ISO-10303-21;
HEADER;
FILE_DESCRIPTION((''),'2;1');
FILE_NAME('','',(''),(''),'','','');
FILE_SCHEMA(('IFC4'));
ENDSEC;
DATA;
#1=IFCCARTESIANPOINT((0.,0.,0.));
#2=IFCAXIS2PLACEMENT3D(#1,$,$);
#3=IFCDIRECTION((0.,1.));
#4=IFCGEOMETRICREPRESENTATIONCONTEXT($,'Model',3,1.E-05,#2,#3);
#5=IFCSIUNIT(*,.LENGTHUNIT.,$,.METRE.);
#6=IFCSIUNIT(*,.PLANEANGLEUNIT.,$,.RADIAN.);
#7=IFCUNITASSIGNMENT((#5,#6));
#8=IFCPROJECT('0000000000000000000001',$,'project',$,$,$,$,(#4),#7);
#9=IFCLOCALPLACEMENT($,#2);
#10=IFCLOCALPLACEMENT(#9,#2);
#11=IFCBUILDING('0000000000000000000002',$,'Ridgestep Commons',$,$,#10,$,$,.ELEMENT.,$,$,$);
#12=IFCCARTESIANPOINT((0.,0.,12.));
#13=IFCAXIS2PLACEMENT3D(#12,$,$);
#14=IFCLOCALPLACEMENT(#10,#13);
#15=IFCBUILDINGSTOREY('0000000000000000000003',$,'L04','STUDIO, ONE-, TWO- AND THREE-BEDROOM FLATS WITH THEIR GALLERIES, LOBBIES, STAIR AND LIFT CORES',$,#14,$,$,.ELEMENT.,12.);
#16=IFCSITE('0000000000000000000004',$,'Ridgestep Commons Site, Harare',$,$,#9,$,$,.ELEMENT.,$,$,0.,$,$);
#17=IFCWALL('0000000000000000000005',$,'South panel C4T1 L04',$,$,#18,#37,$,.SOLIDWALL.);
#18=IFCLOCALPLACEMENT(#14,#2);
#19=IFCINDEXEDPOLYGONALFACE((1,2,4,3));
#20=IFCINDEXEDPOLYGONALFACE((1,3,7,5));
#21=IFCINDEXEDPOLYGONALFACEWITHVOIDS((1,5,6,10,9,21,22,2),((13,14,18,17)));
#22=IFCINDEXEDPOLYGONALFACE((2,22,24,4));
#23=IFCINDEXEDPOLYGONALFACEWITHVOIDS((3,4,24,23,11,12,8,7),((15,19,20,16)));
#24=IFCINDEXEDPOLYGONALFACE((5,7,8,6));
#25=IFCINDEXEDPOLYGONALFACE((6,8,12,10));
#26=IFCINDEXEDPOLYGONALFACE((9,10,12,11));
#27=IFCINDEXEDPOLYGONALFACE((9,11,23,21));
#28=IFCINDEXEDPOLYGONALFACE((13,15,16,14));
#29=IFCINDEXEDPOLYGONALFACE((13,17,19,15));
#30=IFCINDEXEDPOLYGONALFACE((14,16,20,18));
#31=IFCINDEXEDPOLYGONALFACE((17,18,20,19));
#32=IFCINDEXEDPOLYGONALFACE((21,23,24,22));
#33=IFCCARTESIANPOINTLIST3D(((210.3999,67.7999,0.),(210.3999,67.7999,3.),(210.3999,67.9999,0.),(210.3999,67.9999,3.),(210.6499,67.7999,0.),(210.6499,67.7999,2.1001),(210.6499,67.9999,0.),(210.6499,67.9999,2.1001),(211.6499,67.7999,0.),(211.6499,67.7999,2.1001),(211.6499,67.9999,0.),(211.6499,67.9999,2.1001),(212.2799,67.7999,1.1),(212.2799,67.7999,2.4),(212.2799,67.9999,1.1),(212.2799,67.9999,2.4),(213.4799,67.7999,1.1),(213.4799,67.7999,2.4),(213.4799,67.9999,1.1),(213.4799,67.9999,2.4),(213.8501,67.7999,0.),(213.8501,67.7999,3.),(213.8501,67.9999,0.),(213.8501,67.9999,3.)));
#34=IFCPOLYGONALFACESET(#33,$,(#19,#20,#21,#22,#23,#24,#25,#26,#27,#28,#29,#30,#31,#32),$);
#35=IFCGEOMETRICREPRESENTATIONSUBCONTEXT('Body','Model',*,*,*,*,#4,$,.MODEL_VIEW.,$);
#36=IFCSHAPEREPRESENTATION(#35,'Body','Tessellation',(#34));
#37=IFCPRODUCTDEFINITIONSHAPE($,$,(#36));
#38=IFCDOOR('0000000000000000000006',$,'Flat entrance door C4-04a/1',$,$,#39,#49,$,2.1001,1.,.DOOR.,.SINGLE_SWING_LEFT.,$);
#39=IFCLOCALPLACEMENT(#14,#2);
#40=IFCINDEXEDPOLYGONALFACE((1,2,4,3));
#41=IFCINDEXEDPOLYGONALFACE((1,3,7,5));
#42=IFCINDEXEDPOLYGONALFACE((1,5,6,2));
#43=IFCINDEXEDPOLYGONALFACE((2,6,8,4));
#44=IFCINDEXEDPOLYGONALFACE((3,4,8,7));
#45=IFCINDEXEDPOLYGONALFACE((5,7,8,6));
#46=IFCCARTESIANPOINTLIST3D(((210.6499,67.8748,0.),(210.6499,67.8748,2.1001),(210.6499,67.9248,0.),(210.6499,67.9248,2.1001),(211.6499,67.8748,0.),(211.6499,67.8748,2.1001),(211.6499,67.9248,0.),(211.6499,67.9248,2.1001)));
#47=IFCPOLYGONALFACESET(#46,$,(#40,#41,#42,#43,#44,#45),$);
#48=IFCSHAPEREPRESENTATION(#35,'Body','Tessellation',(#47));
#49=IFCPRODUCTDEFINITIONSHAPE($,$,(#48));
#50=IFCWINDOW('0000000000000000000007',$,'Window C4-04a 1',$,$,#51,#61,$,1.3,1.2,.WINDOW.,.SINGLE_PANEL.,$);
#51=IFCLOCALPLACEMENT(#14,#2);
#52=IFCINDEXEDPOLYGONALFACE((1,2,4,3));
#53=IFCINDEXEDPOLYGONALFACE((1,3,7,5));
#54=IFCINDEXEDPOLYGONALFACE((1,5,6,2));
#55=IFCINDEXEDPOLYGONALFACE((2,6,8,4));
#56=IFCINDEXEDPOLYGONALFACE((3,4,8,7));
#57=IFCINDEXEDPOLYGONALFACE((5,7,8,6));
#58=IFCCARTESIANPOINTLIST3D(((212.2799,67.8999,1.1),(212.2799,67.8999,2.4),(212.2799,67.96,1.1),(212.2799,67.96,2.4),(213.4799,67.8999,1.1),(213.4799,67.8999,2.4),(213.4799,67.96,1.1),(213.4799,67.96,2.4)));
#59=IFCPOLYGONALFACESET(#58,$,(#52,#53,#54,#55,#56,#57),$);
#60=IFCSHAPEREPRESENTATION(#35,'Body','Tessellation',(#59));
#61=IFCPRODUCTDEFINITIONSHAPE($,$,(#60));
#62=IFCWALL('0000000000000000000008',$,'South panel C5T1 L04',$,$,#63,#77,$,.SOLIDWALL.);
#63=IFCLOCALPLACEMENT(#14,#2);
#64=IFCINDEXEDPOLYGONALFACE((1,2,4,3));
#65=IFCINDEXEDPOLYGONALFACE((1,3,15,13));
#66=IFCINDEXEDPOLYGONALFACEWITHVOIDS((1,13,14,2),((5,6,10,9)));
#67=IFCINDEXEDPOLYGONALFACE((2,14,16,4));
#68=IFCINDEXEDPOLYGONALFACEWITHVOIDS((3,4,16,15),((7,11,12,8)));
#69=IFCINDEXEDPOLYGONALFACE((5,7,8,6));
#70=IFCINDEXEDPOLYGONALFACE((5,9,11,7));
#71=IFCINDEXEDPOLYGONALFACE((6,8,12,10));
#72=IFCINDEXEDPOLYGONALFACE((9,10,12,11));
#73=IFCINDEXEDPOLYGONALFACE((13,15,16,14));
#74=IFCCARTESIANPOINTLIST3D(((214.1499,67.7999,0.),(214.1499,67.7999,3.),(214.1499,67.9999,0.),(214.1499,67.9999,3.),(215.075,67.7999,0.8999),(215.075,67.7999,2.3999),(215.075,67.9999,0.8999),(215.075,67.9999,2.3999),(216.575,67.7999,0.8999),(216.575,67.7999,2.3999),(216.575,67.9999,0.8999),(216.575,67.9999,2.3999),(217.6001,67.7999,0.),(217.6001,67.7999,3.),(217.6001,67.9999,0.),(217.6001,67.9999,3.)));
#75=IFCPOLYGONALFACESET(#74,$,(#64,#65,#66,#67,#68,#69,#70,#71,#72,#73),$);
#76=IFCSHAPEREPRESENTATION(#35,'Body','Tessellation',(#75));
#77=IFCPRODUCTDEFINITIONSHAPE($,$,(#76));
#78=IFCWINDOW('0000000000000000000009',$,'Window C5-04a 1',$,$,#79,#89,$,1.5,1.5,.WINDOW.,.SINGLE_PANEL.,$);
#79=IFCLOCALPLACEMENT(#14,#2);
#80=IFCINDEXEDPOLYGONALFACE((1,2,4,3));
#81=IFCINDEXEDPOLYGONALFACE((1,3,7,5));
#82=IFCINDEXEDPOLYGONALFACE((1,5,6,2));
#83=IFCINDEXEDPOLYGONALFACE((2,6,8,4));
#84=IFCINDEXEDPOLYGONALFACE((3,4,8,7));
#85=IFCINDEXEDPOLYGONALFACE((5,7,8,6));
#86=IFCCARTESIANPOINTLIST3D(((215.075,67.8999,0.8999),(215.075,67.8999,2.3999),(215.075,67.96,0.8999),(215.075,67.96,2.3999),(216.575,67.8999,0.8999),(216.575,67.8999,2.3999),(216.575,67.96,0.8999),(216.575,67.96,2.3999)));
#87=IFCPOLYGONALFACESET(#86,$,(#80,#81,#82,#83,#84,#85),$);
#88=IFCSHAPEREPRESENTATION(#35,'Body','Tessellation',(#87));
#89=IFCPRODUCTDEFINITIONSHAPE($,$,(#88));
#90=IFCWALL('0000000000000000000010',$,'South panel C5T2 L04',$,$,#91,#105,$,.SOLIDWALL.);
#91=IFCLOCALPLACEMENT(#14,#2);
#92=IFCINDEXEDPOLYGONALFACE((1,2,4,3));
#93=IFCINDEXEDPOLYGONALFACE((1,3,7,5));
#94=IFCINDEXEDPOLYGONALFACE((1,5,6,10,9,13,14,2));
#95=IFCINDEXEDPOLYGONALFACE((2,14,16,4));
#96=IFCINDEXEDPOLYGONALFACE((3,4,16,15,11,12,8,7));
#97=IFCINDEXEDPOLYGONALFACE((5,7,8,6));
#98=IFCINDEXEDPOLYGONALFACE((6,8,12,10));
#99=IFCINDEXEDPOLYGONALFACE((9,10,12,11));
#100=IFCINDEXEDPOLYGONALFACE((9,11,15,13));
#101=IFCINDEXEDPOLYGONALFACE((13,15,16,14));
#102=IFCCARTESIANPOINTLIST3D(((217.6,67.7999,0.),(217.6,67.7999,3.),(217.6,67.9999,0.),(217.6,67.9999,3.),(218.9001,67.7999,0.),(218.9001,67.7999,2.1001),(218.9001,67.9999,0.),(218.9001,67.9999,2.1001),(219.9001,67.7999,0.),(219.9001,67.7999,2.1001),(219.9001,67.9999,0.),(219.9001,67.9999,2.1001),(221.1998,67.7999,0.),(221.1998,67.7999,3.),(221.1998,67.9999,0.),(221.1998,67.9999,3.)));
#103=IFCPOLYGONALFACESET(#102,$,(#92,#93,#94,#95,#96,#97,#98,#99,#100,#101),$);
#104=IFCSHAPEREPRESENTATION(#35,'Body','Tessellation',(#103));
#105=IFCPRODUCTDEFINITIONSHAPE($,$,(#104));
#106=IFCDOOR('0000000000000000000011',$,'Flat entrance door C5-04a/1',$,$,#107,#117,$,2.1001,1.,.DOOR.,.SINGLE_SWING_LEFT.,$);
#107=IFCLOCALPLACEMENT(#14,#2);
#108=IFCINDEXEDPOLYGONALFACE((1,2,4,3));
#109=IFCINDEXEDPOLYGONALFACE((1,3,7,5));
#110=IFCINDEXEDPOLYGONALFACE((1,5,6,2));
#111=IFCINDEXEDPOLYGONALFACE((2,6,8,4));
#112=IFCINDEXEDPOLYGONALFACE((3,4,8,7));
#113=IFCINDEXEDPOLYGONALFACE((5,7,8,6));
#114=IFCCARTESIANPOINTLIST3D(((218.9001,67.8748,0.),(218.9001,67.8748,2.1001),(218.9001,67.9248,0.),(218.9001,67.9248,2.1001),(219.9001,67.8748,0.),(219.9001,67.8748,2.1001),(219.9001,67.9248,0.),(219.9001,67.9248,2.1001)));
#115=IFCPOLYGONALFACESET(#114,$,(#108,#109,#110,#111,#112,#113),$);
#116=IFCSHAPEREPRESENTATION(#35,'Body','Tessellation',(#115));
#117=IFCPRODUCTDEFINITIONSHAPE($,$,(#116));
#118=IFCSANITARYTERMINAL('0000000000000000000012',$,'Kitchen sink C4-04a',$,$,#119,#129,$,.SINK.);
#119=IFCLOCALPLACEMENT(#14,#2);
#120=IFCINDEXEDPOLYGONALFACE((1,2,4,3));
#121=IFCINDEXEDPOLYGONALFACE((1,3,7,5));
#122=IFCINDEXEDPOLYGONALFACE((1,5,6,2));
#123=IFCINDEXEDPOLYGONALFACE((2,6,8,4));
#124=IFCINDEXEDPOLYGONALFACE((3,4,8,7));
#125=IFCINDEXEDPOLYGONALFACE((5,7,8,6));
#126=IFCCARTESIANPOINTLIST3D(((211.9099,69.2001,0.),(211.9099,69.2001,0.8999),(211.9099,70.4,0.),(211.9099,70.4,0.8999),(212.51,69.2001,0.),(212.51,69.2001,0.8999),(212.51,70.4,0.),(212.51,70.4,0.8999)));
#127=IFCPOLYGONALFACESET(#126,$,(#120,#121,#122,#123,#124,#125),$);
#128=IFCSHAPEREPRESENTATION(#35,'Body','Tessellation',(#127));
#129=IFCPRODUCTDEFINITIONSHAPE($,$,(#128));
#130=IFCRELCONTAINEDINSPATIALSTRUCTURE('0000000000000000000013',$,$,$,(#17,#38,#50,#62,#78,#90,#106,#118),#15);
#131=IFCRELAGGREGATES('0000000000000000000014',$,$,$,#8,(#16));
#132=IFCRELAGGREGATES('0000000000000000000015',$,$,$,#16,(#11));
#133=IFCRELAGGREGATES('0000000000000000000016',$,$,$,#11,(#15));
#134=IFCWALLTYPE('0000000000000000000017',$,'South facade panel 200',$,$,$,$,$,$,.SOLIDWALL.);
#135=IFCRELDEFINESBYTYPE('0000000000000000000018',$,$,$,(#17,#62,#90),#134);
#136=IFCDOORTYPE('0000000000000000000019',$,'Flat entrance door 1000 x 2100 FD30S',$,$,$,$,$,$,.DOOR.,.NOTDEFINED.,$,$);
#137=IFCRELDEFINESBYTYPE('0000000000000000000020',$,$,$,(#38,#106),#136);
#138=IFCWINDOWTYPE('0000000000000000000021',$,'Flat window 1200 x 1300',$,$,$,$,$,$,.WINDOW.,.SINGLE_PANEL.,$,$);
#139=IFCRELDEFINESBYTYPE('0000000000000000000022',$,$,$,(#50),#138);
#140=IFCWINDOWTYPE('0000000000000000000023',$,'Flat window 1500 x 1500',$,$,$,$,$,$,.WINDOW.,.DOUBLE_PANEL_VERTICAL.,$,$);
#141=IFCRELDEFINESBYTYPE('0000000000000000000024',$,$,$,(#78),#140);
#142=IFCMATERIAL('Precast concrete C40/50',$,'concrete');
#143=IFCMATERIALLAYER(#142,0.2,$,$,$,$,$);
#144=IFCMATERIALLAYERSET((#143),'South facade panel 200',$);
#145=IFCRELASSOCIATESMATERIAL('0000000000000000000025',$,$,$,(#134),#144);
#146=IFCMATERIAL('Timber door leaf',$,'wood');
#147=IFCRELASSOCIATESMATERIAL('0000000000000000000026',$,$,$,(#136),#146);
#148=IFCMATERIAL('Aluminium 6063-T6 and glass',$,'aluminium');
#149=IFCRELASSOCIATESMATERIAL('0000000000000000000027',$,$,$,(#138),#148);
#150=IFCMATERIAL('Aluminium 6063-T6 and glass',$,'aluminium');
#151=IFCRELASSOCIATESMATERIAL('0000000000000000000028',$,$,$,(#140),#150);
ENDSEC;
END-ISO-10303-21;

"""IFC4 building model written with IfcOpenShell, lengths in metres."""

from ifc_helpers import new_model, si_unit, direction, frame, frame_2d, origin, origin_2d, place, context, subcontext, project, spatial, rectangle, extrude, material, layer, layer_set, type_object, element, fill, save


model = new_model("IFC4")

# Units and contexts
model_context = context("Model", 3, precision=1e-05, world=origin(), true_north=direction((0.0, 1.0)))
body_context = subcontext(model_context, "Body", "Model", "MODEL_VIEW")
ifc_project = project(units=[si_unit("LENGTHUNIT", "METRE"), si_unit("PLANEANGLEUNIT", "RADIAN")], contexts=[model_context])

# Site, building, storey
site_placement = place(None, origin())
site = spatial("IfcSite", under=ifc_project, at=site_placement, Name="Ridgestep Commons Site, Harare", CompositionType="ELEMENT", RefElevation=0.0)
building_placement = place(site_placement, origin())
building = spatial("IfcBuilding", under=site, at=building_placement, Name="Ridgestep Commons", CompositionType="ELEMENT")
storey_placement = place(building_placement, frame((0.0, 0.0, 12.0)))
storey = spatial("IfcBuildingStorey", under=building, at=storey_placement, Name="L04", Description="STUDIO, ONE-, TWO- AND THREE-BEDROOM FLATS WITH THEIR GALLERIES, LOBBIES, STAIR AND LIFT CORES", CompositionType="ELEMENT", Elevation=12.0)

# Wall, openings, door, window
ifc_material_1 = material(Name="Precast concrete C40/50", Category="concrete")
ifc_layer_1 = layer(ifc_material_1, 0.2)
ifc_layer_set_1 = layer_set([ifc_layer_1], Name="South facade panel 200")
wall_type_1 = type_object("IfcWallType", Name="South facade panel 200", PredefinedType="SOLIDWALL", material=ifc_layer_set_1)
wall_1_placement = place(storey_placement, frame((210.3999, 67.8999, 0.0), z_axis=(0.0, 0.0, 1.0), x_axis=(1.0, 0.0, 0.0)))
wall_1 = element("IfcWall", 1, at=wall_1_placement, inside=storey, type_object=wall_type_1, Name="South panel C4T1 L04", PredefinedType="SOLIDWALL", context=body_context, shape_type="SweptSolid", body=[
    extrude(rectangle(XDim=3.4502, YDim=0.2, at=frame_2d((1.7251, 0.0))), origin(), (0.0, 0.0, 1.0), 3.0),
])
opening_1_placement = place(wall_1_placement, frame((1.8799, 0.0, 1.1001)))
opening_1 = element("IfcOpeningElement", 2, at=opening_1_placement, cuts=wall_1, PredefinedType="OPENING", context=body_context, shape_type="SweptSolid", body=[
    extrude(rectangle(XDim=1.2, YDim=1.3, at=frame_2d((0.6001, 0.6499))), frame((0.0, 0.1099, 0.0), z_axis=(0.0, -1.0, 0.0), x_axis=(1.0, 0.0, 0.0)), (0.0, 0.0, 1.0), 0.22),
])
opening_2_placement = place(wall_1_placement, frame((0.25, 0.0, 0.0)))
opening_2 = element("IfcOpeningElement", 3, at=opening_2_placement, cuts=wall_1, PredefinedType="OPENING", context=body_context, shape_type="SweptSolid", body=[
    extrude(rectangle(XDim=1.0, YDim=2.1001, at=frame_2d((0.5, 1.05))), frame((0.0, 0.1099, 0.0), z_axis=(0.0, -1.0, 0.0), x_axis=(1.0, 0.0, 0.0)), (0.0, 0.0, 1.0), 0.22),
])
ifc_material_2 = material(Name="Timber door leaf", Category="wood")
door_type_1 = type_object("IfcDoorType", Name="Flat entrance door 1000 x 2100 FD30S", OperationType="NOTDEFINED", PredefinedType="DOOR", material=ifc_material_2)
door_1_placement = place(opening_2_placement, origin())
door_1 = element("IfcDoor", 4, at=door_1_placement, inside=storey, type_object=door_type_1, Name="Flat entrance door C4-04a/1", OperationType="SINGLE_SWING_LEFT", OverallHeight=2.1001, OverallWidth=1.0, PredefinedType="DOOR", context=body_context, shape_type="SweptSolid", body=[
    extrude(rectangle(XDim=1.0, YDim=2.1001, at=frame_2d((0.5, 1.05))), frame((0.0, 0.0249, 0.0), z_axis=(0.0, -1.0, 0.0), x_axis=(1.0, 0.0, 0.0)), (0.0, 0.0, 1.0), 0.05),
])
fill(opening_2, door_1)
ifc_material_3 = material(Name="Aluminium 6063-T6 and glass", Category="aluminium")
window_type_1 = type_object("IfcWindowType", Name="Flat window 1200 x 1300", PartitioningType="SINGLE_PANEL", PredefinedType="WINDOW", material=ifc_material_3)
window_1_placement = place(opening_1_placement, origin())
window_1 = element("IfcWindow", 5, at=window_1_placement, inside=storey, type_object=window_type_1, Name="Window C4-04a 1", OverallHeight=1.3, OverallWidth=1.2, PartitioningType="SINGLE_PANEL", PredefinedType="WINDOW", context=body_context, shape_type="SweptSolid", body=[
    extrude(rectangle(XDim=1.2, YDim=1.3, at=frame_2d((0.6001, 0.6499))), frame((0.0, 0.0601, 0.0), z_axis=(0.0, -1.0, 0.0), x_axis=(1.0, 0.0, 0.0)), (0.0, 0.0, 1.0), 0.0601),
])
fill(opening_1, window_1)

# Wall, opening, window
wall_2_placement = place(storey_placement, frame((214.1499, 67.8999, 0.0), z_axis=(0.0, 0.0, 1.0), x_axis=(1.0, 0.0, 0.0)))
wall_2 = element("IfcWall", 6, at=wall_2_placement, inside=storey, type_object=wall_type_1, Name="South panel C5T1 L04", PredefinedType="SOLIDWALL", context=body_context, shape_type="SweptSolid", body=[
    extrude(rectangle(XDim=3.4502, YDim=0.2, at=frame_2d((1.7251, 0.0))), origin(), (0.0, 0.0, 1.0), 3.0),
])
opening_3_placement = place(wall_2_placement, frame((0.925, 0.0, 0.8999)))
opening_3 = element("IfcOpeningElement", 7, at=opening_3_placement, cuts=wall_2, PredefinedType="OPENING", context=body_context, shape_type="SweptSolid", body=[
    extrude(rectangle(XDim=1.5, YDim=1.5, at=frame_2d((0.75, 0.75))), frame((0.0, 0.1099, 0.0), z_axis=(0.0, -1.0, 0.0), x_axis=(1.0, 0.0, 0.0)), (0.0, 0.0, 1.0), 0.22),
])
ifc_material_4 = material(Name="Aluminium 6063-T6 and glass", Category="aluminium")
window_type_2 = type_object("IfcWindowType", Name="Flat window 1500 x 1500", PartitioningType="DOUBLE_PANEL_VERTICAL", PredefinedType="WINDOW", material=ifc_material_4)
window_2_placement = place(opening_3_placement, origin())
window_2 = element("IfcWindow", 8, at=window_2_placement, inside=storey, type_object=window_type_2, Name="Window C5-04a 1", OverallHeight=1.5, OverallWidth=1.5, PartitioningType="SINGLE_PANEL", PredefinedType="WINDOW", context=body_context, shape_type="SweptSolid", body=[
    extrude(rectangle(XDim=1.5, YDim=1.5, at=frame_2d((0.75, 0.75))), frame((0.0, 0.0601, 0.0), z_axis=(0.0, -1.0, 0.0), x_axis=(1.0, 0.0, 0.0)), (0.0, 0.0, 1.0), 0.0601),
])
fill(opening_3, window_2)

# Wall, opening, door
wall_3_placement = place(storey_placement, frame((217.6001, 67.8999, 0.0), z_axis=(0.0, 0.0, 1.0), x_axis=(1.0, 0.0, 0.0)))
wall_3 = element("IfcWall", 9, at=wall_3_placement, inside=storey, type_object=wall_type_1, Name="South panel C5T2 L04", PredefinedType="SOLIDWALL", context=body_context, shape_type="SweptSolid", body=[
    extrude(rectangle(XDim=3.5999, YDim=0.2, at=frame_2d((1.7998, 0.0))), origin(), (0.0, 0.0, 1.0), 3.0),
])
opening_4_placement = place(wall_3_placement, frame((1.3, 0.0, 0.0)))
opening_4 = element("IfcOpeningElement", 10, at=opening_4_placement, cuts=wall_3, PredefinedType="OPENING", context=body_context, shape_type="SweptSolid", body=[
    extrude(rectangle(XDim=1.0, YDim=2.1001, at=frame_2d((0.5, 1.05))), frame((0.0, 0.1099, 0.0), z_axis=(0.0, -1.0, 0.0), x_axis=(1.0, 0.0, 0.0)), (0.0, 0.0, 1.0), 0.22),
])
door_2_placement = place(opening_4_placement, origin())
door_2 = element("IfcDoor", 11, at=door_2_placement, inside=storey, type_object=door_type_1, Name="Flat entrance door C5-04a/1", OperationType="SINGLE_SWING_LEFT", OverallHeight=2.1001, OverallWidth=1.0, PredefinedType="DOOR", context=body_context, shape_type="SweptSolid", body=[
    extrude(rectangle(XDim=1.0, YDim=2.1001, at=frame_2d((0.5, 1.05))), frame((0.0, 0.0249, 0.0), z_axis=(0.0, -1.0, 0.0), x_axis=(1.0, 0.0, 0.0)), (0.0, 0.0, 1.0), 0.05),
])
fill(opening_4, door_2)

# Sanitary terminal
sanitary_terminal_placement = place(storey_placement, frame((212.21, 69.8, 0.0), z_axis=(0.0, 0.0, 1.0), x_axis=(1.0, 0.0, 0.0)))
element("IfcSanitaryTerminal", 12, at=sanitary_terminal_placement, inside=storey, Name="Kitchen sink C4-04a", PredefinedType="SINK", context=body_context, shape_type="SweptSolid", body=[
    extrude(rectangle(XDim=0.6001, YDim=1.2, at=origin_2d()), origin(), (0.0, 0.0, 1.0), 0.8999),
])

save(model, "model.ifc")
